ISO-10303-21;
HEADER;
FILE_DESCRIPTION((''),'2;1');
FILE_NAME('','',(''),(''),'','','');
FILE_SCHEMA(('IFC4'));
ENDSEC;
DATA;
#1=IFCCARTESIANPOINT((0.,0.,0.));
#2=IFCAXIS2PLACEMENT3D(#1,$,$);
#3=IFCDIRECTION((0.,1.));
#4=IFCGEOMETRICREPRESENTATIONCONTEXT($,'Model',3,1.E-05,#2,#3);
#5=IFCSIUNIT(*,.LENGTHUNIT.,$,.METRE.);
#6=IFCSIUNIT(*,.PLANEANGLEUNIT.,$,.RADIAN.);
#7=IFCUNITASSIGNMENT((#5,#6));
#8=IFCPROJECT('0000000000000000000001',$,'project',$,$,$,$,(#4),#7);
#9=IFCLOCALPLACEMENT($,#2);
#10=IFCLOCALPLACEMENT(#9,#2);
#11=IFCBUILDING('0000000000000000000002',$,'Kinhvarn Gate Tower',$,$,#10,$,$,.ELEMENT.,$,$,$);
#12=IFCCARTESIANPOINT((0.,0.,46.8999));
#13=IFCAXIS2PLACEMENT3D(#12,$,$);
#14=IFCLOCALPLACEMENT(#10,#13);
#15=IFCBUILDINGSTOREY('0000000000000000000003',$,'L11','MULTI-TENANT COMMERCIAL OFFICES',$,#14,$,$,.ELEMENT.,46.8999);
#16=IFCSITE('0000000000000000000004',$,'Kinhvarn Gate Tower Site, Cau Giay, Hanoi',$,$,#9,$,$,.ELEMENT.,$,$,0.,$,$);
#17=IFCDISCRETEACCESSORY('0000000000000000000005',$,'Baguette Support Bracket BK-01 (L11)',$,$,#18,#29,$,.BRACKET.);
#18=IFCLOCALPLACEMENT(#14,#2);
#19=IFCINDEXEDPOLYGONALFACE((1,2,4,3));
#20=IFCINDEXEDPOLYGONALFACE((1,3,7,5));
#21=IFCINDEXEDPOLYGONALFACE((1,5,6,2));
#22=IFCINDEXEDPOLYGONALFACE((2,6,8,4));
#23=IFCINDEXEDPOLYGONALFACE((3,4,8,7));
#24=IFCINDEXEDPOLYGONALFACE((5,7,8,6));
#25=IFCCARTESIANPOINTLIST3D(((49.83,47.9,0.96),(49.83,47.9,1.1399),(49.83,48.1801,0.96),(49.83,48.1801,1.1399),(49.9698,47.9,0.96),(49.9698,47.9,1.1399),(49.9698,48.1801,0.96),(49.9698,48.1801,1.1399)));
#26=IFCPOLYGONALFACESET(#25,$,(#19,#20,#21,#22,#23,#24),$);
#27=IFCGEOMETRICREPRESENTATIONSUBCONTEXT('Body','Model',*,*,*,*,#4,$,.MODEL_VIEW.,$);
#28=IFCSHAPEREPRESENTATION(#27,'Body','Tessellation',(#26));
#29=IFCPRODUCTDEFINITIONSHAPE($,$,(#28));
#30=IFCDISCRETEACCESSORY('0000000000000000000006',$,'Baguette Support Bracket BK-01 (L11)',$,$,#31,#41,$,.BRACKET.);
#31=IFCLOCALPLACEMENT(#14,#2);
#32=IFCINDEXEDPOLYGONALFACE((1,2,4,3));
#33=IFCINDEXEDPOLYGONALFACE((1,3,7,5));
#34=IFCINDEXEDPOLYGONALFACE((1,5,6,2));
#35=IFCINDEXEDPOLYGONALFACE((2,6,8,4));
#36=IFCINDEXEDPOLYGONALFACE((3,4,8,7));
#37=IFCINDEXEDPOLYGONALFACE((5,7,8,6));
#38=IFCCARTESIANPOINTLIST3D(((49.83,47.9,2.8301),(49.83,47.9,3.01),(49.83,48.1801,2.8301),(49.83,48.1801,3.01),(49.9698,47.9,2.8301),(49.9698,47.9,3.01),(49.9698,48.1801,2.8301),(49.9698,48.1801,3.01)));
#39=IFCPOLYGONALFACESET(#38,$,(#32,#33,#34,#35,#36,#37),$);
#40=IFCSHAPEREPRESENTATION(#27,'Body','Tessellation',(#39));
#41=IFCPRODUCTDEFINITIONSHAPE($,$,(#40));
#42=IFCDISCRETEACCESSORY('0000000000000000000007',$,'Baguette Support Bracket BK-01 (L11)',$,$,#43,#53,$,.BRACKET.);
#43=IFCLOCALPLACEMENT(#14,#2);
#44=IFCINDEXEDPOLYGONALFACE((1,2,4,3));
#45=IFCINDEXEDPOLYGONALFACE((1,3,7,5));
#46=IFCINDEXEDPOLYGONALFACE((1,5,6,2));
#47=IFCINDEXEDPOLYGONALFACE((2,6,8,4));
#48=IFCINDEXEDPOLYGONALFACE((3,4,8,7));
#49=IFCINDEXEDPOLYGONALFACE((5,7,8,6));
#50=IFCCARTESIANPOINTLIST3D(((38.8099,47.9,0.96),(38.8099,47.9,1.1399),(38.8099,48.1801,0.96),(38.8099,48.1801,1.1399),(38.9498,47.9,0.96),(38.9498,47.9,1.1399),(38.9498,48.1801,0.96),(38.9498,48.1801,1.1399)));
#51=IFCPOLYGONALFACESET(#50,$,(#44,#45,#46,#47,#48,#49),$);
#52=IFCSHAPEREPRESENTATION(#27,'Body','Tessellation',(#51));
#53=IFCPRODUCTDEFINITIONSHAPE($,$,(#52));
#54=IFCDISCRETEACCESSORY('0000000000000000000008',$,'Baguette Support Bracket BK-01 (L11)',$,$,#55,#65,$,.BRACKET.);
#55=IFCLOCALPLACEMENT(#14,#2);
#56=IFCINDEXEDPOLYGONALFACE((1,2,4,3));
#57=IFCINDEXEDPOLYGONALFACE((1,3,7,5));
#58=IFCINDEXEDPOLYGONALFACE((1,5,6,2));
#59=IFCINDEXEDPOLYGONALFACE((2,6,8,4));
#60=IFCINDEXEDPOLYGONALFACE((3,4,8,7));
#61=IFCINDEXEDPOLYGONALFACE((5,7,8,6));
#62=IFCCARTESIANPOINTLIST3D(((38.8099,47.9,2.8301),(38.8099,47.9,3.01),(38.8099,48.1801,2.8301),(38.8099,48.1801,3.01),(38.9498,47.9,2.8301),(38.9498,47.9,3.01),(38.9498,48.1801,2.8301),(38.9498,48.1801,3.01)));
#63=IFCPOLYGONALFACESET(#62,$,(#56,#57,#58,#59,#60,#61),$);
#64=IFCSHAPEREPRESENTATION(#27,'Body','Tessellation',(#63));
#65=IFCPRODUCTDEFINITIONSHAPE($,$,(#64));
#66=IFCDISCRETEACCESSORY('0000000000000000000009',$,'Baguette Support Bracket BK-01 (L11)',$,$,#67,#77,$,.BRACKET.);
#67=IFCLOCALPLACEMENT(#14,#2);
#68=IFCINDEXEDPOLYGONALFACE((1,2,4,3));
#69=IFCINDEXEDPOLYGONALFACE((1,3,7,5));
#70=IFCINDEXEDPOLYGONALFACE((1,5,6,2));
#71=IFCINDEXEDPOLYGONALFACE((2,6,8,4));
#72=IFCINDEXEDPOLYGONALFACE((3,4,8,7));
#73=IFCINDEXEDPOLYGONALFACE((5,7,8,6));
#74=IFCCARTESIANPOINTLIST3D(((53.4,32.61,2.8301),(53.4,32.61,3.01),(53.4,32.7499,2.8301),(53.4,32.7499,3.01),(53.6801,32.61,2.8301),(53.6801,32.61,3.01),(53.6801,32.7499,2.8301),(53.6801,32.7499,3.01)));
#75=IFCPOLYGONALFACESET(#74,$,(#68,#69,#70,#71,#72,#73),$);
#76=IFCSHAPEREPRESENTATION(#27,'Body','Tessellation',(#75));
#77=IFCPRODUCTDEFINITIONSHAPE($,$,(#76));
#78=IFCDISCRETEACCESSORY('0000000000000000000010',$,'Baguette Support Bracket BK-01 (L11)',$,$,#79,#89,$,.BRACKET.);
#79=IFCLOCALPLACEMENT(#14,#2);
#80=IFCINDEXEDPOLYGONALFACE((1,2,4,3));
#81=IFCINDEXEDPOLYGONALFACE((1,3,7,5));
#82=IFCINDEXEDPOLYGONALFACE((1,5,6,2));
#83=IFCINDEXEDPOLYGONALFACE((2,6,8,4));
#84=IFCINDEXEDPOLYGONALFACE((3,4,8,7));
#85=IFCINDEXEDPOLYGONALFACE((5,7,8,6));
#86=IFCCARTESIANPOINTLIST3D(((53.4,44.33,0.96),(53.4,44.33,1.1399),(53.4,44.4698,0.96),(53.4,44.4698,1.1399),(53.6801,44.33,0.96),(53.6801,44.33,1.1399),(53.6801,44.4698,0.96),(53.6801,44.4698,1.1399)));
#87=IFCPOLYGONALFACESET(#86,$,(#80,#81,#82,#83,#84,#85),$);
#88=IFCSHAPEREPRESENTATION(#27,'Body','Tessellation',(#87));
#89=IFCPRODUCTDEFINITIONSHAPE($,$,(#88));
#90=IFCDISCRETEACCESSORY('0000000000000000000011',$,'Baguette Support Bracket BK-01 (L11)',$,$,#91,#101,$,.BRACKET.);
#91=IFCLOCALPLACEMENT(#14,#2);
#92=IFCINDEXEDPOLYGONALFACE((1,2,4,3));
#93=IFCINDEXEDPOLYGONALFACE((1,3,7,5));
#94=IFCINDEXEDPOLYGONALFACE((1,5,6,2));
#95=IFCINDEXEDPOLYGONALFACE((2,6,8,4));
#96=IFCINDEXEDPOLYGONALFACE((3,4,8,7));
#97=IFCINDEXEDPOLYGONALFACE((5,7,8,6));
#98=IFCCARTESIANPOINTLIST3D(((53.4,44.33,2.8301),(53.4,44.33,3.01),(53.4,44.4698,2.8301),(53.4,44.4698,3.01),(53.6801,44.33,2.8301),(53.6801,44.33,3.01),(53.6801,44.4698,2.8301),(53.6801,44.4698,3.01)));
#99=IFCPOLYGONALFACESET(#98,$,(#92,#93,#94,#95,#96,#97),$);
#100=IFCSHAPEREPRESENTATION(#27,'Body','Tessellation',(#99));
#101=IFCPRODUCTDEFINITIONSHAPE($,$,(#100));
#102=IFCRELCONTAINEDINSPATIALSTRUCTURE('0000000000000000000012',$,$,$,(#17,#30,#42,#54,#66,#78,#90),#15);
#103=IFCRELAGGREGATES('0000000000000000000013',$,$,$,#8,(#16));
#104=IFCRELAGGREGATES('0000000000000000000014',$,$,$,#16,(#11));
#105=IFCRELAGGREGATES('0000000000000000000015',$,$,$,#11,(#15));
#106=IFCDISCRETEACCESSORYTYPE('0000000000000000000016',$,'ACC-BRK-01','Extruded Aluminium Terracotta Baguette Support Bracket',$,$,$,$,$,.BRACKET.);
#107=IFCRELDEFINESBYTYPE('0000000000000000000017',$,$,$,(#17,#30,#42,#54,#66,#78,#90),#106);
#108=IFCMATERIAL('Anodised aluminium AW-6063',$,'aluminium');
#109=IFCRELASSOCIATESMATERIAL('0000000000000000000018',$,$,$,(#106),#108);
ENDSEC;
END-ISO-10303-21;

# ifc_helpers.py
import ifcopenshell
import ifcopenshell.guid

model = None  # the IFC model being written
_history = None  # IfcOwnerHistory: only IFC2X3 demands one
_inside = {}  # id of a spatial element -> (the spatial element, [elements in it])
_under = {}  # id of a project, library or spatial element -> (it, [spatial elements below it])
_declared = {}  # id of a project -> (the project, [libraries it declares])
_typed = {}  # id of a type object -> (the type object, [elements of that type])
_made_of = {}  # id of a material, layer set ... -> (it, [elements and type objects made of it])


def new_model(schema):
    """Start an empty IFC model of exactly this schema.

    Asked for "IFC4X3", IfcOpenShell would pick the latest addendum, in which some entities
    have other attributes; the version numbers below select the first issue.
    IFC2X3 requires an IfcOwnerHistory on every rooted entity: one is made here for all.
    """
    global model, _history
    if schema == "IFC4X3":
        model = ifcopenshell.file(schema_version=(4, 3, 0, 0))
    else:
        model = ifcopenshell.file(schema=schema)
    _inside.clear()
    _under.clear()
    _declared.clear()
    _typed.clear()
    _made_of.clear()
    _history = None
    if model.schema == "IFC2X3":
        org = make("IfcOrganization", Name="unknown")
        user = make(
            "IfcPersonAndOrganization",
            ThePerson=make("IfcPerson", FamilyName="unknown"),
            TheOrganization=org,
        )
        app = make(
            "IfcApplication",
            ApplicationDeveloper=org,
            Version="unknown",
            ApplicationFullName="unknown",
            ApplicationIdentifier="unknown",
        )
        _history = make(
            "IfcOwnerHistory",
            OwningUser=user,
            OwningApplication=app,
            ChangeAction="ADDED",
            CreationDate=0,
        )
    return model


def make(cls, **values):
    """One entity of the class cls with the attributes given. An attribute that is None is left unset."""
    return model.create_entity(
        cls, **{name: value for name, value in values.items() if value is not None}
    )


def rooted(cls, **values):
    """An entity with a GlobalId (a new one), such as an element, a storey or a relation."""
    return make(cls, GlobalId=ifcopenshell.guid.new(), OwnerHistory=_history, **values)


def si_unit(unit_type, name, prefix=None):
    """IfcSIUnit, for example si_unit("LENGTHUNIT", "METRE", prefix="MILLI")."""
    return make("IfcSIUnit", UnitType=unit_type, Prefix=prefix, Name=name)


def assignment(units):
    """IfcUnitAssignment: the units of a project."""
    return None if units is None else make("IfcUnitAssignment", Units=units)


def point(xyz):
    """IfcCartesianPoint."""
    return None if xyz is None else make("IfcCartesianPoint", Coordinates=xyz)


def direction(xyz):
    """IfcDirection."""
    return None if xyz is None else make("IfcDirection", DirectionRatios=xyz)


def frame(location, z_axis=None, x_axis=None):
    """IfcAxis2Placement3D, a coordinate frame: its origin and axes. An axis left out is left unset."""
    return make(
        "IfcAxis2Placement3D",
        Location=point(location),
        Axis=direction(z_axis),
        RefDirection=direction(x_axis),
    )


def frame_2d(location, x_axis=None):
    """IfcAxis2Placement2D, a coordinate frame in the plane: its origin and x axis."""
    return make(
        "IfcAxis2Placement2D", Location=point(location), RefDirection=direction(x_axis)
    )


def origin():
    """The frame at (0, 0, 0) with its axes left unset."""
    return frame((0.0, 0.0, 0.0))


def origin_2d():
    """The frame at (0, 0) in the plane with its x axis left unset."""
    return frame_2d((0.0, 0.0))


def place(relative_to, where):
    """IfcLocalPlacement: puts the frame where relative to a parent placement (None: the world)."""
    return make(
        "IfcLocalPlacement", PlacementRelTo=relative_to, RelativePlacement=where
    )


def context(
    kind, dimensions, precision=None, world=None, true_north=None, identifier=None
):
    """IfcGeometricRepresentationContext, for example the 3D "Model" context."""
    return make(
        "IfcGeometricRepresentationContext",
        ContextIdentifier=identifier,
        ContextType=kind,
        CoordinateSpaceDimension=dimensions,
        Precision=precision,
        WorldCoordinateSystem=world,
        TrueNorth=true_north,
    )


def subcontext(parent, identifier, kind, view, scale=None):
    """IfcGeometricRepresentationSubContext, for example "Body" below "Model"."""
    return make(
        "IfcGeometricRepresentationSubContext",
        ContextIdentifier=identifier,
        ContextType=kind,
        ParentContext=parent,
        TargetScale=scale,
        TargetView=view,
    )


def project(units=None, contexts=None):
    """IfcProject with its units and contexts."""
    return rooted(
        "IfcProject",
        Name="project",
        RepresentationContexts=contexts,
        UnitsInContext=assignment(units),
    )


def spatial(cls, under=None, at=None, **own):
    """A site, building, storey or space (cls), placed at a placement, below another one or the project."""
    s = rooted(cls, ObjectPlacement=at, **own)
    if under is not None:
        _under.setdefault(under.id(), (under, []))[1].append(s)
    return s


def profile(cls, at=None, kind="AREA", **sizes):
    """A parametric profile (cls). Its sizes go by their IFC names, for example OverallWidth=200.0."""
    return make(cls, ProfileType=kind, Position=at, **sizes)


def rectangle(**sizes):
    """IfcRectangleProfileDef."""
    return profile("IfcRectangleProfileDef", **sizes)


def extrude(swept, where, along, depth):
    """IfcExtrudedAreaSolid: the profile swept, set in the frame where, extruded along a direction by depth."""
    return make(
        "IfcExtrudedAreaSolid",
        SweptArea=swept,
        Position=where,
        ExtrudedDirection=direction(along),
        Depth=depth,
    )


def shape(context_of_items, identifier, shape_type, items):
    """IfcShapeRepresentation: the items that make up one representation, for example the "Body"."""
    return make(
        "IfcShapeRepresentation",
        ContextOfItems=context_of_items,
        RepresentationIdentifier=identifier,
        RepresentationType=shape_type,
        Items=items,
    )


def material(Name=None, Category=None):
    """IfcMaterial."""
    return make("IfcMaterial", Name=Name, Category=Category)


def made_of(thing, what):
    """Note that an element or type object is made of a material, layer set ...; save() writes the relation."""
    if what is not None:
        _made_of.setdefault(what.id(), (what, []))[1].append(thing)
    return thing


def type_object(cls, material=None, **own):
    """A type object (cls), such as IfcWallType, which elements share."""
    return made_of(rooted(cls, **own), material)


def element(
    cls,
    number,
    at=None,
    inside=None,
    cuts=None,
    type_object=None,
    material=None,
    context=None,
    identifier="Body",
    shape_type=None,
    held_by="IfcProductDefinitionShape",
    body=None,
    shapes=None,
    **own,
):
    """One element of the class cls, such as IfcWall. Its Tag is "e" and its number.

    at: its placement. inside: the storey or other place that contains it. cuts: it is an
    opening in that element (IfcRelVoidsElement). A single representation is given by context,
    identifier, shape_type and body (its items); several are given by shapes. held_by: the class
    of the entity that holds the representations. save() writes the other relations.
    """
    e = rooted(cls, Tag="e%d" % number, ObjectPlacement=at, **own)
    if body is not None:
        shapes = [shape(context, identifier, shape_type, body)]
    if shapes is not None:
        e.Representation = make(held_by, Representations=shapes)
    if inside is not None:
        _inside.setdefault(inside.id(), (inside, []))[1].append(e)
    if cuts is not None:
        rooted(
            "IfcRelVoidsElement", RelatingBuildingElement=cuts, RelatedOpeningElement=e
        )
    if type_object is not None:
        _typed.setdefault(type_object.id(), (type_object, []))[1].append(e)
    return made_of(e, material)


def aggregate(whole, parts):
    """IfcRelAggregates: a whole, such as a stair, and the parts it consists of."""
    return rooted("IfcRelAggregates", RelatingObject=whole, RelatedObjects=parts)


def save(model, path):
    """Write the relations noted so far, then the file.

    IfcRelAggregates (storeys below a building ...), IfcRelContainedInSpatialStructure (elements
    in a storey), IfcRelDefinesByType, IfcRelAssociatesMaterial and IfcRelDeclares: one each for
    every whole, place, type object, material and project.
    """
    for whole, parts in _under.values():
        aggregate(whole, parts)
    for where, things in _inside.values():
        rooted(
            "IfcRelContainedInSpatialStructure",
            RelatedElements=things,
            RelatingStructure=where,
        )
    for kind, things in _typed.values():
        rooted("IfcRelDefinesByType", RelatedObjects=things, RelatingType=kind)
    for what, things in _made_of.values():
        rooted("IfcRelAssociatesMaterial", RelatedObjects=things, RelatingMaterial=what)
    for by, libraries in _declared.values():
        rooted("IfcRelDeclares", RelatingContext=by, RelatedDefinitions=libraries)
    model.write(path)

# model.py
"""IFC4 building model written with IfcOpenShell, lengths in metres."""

from ifc_helpers import new_model, si_unit, direction, frame, origin, origin_2d, place, context, subcontext, project, spatial, rectangle, extrude, material, type_object, element, save


model = new_model("IFC4")

# Units and contexts
model_context = context("Model", 3, precision=1e-05, world=origin(), true_north=direction((0.0, 1.0)))
body_context = subcontext(model_context, "Body", "Model", "MODEL_VIEW")
ifc_project = project(units=[si_unit("LENGTHUNIT", "METRE"), si_unit("PLANEANGLEUNIT", "RADIAN")], contexts=[model_context])

# Site, building, storey
site_placement = place(None, origin())
site = spatial("IfcSite", under=ifc_project, at=site_placement, Name="Kinhvarn Gate Tower Site, Cau Giay, Hanoi", CompositionType="ELEMENT", RefElevation=0.0)
building_placement = place(site_placement, origin())
building = spatial("IfcBuilding", under=site, at=building_placement, Name="Kinhvarn Gate Tower", CompositionType="ELEMENT")
storey_placement = place(building_placement, frame((0.0, 0.0, 46.8999)))
storey = spatial("IfcBuildingStorey", under=building, at=storey_placement, Name="L11", Description="MULTI-TENANT COMMERCIAL OFFICES", CompositionType="ELEMENT", Elevation=46.8999)

# Shared definitions
ifc_material_1 = material(Name="Anodised aluminium AW-6063", Category="aluminium")

# Discrete accessories
discrete_accessory_type = type_object("IfcDiscreteAccessoryType", Name="ACC-BRK-01", Description="Extruded Aluminium Terracotta Baguette Support Bracket", PredefinedType="BRACKET", material=ifc_material_1)
for number, where, z_axis, x_axis, name in (
    (1, (49.8999, 48.04, 0.96), (0.0, 0.0, 1.0), (-1.0, 0.0, 0.0), "Baguette Support Bracket BK-01 (L11)"),
    (2, (49.8999, 48.04, 2.8301), (0.0, 0.0, 1.0), (-1.0, 0.0, 0.0), "Baguette Support Bracket BK-01 (L11)"),
    (3, (38.8799, 48.04, 0.96), (0.0, 0.0, 1.0), (-1.0, 0.0, 0.0), "Baguette Support Bracket BK-01 (L11)"),
    (4, (38.8799, 48.04, 2.8301), (0.0, 0.0, 1.0), (-1.0, 0.0, 0.0), "Baguette Support Bracket BK-01 (L11)"),
    (5, (53.54, 32.6799, 2.8301), (0.0, 0.0, 1.0), (0.0, 1.0, 0.0), "Baguette Support Bracket BK-01 (L11)"),
    (6, (53.54, 44.3999, 0.96), (0.0, 0.0, 1.0), (0.0, 1.0, 0.0), "Baguette Support Bracket BK-01 (L11)"),
    (7, (53.54, 44.3999, 2.8301), (0.0, 0.0, 1.0), (0.0, 1.0, 0.0), "Baguette Support Bracket BK-01 (L11)"),
):
    element("IfcDiscreteAccessory", number, at=place(storey_placement, frame(where, z_axis=z_axis, x_axis=x_axis)), inside=storey, type_object=discrete_accessory_type, Name=name, PredefinedType="BRACKET", context=body_context, shape_type="SweptSolid", body=[
        extrude(rectangle(XDim=0.1399, YDim=0.28, at=origin_2d()), origin(), (0.0, 0.0, 1.0), 0.1799),
    ])

save(model, "model.ifc")
